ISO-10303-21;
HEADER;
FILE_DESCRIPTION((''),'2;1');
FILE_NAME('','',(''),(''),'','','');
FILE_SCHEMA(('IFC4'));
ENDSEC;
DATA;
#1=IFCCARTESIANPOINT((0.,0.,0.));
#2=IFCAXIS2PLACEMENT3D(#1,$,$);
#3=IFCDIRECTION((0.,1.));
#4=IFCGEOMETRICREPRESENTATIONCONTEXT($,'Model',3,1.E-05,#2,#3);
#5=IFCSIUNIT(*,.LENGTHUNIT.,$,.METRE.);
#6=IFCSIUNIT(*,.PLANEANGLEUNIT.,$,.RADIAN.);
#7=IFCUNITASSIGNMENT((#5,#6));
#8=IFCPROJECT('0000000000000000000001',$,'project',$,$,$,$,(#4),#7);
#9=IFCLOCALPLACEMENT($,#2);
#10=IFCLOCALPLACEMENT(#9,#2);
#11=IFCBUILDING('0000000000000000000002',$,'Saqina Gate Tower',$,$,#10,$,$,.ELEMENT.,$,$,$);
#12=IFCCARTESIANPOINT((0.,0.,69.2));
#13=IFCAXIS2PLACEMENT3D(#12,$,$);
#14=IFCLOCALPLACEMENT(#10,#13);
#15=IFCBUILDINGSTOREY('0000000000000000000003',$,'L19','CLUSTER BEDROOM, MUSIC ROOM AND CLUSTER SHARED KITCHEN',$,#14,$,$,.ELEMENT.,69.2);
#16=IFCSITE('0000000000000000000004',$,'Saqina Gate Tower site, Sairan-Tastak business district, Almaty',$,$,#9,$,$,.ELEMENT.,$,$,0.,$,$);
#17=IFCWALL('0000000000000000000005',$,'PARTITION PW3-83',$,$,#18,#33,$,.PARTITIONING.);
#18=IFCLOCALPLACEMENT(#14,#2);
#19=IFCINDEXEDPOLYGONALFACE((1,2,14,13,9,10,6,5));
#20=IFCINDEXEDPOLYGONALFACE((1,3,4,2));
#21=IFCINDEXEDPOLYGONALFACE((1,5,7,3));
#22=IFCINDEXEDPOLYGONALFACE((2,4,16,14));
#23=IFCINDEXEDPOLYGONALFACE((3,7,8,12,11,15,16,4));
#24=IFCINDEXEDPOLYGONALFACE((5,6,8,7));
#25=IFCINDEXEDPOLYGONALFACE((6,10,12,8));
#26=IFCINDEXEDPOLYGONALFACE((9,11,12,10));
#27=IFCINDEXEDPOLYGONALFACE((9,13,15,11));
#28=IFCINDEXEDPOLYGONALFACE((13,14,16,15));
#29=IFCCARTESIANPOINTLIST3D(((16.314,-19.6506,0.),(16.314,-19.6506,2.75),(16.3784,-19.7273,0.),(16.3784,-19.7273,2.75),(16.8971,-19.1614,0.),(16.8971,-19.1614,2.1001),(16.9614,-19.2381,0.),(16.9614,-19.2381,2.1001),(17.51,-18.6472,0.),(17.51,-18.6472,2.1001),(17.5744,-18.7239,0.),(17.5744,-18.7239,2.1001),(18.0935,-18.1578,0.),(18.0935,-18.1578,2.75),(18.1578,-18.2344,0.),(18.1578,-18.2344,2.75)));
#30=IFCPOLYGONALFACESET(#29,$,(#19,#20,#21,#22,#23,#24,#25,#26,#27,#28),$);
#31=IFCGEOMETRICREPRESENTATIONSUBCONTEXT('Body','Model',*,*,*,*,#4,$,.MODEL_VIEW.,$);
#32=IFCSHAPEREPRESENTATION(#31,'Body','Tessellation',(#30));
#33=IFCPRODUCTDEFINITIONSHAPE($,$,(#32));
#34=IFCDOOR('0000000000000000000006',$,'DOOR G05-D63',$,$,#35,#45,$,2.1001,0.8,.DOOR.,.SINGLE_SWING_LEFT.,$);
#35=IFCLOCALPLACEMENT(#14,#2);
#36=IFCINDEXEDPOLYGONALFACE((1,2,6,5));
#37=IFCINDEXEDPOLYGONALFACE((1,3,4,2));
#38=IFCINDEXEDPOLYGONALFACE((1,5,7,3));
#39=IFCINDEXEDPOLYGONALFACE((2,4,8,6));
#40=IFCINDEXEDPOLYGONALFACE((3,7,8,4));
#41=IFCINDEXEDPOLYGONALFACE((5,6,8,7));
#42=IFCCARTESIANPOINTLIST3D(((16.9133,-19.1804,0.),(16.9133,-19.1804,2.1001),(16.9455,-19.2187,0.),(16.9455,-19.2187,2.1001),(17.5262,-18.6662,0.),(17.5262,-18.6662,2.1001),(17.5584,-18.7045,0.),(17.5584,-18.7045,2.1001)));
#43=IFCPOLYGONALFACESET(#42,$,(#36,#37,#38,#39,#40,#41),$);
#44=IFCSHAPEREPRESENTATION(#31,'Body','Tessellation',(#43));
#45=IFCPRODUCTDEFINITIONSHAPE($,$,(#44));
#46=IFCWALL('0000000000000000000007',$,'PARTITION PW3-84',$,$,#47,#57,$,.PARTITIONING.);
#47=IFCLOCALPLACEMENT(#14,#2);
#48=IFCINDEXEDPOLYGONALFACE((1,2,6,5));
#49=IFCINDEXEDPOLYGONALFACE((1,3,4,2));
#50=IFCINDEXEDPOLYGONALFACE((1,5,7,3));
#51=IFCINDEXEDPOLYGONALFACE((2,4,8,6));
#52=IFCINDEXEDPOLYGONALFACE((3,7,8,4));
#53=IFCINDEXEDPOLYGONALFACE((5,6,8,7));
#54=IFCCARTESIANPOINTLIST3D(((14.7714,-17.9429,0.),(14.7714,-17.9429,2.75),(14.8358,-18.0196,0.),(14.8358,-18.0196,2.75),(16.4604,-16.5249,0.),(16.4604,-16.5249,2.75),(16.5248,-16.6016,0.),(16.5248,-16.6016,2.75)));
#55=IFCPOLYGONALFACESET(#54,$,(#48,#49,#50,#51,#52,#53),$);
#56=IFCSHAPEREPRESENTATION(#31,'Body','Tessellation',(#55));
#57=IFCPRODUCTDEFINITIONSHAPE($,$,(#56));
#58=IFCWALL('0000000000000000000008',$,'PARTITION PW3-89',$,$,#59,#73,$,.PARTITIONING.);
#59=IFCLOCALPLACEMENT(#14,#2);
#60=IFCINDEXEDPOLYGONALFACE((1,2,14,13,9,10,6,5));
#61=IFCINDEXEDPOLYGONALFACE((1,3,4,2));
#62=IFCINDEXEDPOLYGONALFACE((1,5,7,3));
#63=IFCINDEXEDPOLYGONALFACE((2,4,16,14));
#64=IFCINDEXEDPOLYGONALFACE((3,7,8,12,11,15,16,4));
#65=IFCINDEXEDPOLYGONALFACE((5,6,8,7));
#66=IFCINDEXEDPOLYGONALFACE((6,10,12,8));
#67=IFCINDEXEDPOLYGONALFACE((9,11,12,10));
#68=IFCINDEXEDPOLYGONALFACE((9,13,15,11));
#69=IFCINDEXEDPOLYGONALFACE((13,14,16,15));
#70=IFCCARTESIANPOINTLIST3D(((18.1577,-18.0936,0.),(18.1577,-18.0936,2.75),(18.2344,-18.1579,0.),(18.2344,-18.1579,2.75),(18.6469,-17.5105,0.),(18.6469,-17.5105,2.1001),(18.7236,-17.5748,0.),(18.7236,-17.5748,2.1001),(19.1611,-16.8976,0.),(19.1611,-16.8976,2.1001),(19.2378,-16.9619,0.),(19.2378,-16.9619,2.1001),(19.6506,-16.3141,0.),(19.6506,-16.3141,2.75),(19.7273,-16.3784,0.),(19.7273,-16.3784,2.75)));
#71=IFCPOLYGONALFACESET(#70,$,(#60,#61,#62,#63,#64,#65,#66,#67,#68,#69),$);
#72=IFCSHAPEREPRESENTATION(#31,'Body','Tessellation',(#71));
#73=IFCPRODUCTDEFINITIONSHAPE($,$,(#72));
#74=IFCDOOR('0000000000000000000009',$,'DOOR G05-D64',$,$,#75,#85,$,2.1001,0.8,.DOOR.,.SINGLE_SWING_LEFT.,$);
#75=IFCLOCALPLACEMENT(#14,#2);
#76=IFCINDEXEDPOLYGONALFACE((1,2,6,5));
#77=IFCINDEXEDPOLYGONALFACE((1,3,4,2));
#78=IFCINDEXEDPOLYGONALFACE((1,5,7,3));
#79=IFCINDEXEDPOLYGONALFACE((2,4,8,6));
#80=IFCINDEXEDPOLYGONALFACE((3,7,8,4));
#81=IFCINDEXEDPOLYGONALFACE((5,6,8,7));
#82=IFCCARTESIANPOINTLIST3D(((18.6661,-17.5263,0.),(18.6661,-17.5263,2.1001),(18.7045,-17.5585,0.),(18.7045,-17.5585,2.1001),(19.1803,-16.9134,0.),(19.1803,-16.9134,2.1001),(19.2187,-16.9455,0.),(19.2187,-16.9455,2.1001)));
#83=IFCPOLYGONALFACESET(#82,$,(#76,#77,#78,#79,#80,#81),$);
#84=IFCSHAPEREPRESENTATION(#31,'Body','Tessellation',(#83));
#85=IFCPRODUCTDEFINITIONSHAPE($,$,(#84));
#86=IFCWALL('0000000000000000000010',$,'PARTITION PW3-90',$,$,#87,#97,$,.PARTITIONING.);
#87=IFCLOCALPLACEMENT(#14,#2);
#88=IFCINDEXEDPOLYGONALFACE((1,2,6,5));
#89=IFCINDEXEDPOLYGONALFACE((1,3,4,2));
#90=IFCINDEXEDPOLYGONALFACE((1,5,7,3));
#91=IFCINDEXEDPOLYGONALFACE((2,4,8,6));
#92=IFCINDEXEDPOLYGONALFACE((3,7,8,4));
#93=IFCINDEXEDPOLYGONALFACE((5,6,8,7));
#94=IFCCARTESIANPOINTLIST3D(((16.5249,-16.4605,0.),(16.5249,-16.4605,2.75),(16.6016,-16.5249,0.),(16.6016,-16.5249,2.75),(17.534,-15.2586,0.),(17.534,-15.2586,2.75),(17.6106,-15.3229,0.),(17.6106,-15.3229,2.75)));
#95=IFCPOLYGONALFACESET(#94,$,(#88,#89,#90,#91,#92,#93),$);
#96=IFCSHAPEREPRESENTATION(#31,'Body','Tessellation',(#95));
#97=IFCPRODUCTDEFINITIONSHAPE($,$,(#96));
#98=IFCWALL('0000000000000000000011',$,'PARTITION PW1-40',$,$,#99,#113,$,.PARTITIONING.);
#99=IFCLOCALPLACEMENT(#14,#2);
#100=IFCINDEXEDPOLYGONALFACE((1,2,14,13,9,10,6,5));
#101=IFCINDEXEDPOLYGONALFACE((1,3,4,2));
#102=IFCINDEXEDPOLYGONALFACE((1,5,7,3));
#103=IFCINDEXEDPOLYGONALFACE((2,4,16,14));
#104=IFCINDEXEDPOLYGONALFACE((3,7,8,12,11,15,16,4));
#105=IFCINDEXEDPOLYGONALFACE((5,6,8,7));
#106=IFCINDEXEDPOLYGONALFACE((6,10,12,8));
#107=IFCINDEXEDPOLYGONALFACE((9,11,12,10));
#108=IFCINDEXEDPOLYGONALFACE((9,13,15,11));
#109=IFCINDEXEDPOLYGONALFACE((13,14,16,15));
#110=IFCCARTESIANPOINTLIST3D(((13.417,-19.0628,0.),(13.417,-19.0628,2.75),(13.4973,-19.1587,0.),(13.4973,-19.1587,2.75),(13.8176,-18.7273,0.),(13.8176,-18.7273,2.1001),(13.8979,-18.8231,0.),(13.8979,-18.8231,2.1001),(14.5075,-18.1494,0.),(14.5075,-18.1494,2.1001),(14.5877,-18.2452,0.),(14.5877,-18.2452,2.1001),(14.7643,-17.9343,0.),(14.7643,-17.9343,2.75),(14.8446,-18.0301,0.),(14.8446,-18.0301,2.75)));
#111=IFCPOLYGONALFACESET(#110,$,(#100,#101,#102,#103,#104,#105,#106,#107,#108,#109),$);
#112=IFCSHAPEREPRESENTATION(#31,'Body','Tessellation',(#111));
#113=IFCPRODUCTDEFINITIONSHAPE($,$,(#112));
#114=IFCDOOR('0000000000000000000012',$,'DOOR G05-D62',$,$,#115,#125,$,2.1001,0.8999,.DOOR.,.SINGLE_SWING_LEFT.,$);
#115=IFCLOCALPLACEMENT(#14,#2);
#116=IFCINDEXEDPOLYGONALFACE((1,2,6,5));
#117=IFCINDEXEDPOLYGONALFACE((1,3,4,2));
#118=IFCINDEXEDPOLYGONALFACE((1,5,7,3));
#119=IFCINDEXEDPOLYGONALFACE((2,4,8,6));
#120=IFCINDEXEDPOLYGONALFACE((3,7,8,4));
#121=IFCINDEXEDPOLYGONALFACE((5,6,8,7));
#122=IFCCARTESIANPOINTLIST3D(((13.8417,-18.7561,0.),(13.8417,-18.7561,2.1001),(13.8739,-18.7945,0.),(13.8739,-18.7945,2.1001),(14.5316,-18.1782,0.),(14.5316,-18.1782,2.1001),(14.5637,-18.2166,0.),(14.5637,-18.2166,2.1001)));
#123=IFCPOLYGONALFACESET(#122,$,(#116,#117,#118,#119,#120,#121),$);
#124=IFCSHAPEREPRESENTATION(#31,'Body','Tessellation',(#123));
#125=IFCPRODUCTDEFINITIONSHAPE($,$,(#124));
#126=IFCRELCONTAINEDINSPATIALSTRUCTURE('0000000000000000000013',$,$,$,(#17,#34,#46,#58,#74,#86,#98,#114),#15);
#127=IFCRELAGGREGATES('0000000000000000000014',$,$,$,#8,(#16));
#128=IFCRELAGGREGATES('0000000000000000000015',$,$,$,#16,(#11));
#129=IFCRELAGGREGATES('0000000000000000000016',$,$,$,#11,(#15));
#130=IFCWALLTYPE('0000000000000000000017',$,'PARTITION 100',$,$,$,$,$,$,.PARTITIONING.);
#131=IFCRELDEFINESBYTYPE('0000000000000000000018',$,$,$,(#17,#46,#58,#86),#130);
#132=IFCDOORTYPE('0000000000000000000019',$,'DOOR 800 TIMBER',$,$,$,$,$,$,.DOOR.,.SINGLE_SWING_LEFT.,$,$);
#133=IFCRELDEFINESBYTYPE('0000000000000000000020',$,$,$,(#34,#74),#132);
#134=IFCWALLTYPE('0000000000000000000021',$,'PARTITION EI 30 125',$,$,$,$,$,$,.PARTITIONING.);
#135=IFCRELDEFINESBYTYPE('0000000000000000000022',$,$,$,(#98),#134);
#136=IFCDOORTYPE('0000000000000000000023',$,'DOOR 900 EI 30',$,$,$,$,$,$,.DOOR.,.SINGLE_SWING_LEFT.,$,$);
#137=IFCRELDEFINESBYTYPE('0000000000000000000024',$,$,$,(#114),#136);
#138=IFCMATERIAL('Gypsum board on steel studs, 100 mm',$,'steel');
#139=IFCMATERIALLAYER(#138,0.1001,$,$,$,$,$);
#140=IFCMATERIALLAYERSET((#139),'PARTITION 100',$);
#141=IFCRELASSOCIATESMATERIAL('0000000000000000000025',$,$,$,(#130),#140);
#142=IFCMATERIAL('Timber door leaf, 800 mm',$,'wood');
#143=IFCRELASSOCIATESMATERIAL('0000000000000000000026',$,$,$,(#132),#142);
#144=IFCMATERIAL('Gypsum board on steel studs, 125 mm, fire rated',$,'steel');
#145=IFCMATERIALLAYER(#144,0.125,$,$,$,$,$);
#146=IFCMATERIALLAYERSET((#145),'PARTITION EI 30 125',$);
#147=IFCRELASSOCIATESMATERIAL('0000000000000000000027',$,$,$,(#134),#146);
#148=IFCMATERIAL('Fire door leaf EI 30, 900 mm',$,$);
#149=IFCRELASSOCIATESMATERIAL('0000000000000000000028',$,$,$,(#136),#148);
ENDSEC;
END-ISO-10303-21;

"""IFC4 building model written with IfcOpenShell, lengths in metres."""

from ifc_helpers import new_model, si_unit, direction, frame, frame_2d, origin, place, context, subcontext, project, spatial, rectangle, extrude, material, layer, layer_set, type_object, element, fill, save


model = new_model("IFC4")

# Units and contexts
model_context = context("Model", 3, precision=1e-05, world=origin(), true_north=direction((0.0, 1.0)))
body_context = subcontext(model_context, "Body", "Model", "MODEL_VIEW")
ifc_project = project(units=[si_unit("LENGTHUNIT", "METRE"), si_unit("PLANEANGLEUNIT", "RADIAN")], contexts=[model_context])

# Site, building, storey
site_placement = place(None, origin())
site = spatial("IfcSite", under=ifc_project, at=site_placement, Name="Saqina Gate Tower site, Sairan-Tastak business district, Almaty", CompositionType="ELEMENT", RefElevation=0.0)
building_placement = place(site_placement, origin())
building = spatial("IfcBuilding", under=site, at=building_placement, Name="Saqina Gate Tower", CompositionType="ELEMENT")
storey_placement = place(building_placement, frame((0.0, 0.0, 69.2)))
storey = spatial("IfcBuildingStorey", under=building, at=storey_placement, Name="L19", Description="CLUSTER BEDROOM, MUSIC ROOM AND CLUSTER SHARED KITCHEN", CompositionType="ELEMENT", Elevation=69.2)

# Shared definitions
ifc_material_1 = material(Name="Gypsum board on steel studs, 100 mm", Category="steel")
ifc_layer_1 = layer(ifc_material_1, 0.1001)
ifc_layer_set_1 = layer_set([ifc_layer_1], Name="PARTITION 100")
wall_type_1 = type_object("IfcWallType", Name="PARTITION 100", PredefinedType="PARTITIONING", material=ifc_layer_set_1)

# Wall, opening, door
wall_1_placement = place(storey_placement, frame((16.3462, -19.689, 0.0), z_axis=(0.0, 0.0, 1.0), x_axis=(0.766106, 0.642714, 0.0)))
wall_1 = element("IfcWall", 1, at=wall_1_placement, inside=storey, type_object=wall_type_1, Name="PARTITION PW3-83", PredefinedType="PARTITIONING", context=body_context, shape_type="SweptSolid", body=[
    extrude(rectangle(XDim=2.3228, YDim=0.1001, at=frame_2d((1.1614, 0.0))), origin(), (0.0, 0.0, 1.0), 2.75),
])
opening_1_placement = place(wall_1_placement, frame((0.7612, 0.0, 0.0)))
opening_1 = element("IfcOpeningElement", 2, at=opening_1_placement, cuts=wall_1, PredefinedType="OPENING", context=body_context, shape_type="SweptSolid", body=[
    extrude(rectangle(XDim=0.8, YDim=2.1001, at=frame_2d((0.3999, 1.05))), frame((0.0, 0.062, 0.0), z_axis=(0.0, -1.0, 0.0), x_axis=(1.0, 0.0, 0.0)), (0.0, 0.0, 1.0), 0.124),
])
ifc_material_2 = material(Name="Timber door leaf, 800 mm", Category="wood")
door_type_1 = type_object("IfcDoorType", Name="DOOR 800 TIMBER", OperationType="SINGLE_SWING_LEFT", PredefinedType="DOOR", material=ifc_material_2)
door_1_placement = place(opening_1_placement, frame((0.8, 0.0, 0.0), z_axis=(0.0, 0.0, 1.0), x_axis=(-1.0, 0.0, 0.0)))
door_1 = element("IfcDoor", 3, at=door_1_placement, inside=storey, type_object=door_type_1, Name="DOOR G05-D63", OperationType="SINGLE_SWING_LEFT", OverallHeight=2.1001, OverallWidth=0.8, PredefinedType="DOOR", context=body_context, shape_type="SweptSolid", body=[
    extrude(rectangle(XDim=0.8, YDim=2.1001, at=frame_2d((0.3999, 1.05))), frame((0.0, 0.0249, 0.0), z_axis=(0.0, -1.0, 0.0), x_axis=(1.0, 0.0, 0.0)), (0.0, 0.0, 1.0), 0.05),
])
fill(opening_1, door_1)

# Wall
wall_2_placement = place(storey_placement, frame((14.8037, -17.9812, 0.0), z_axis=(0.0, 0.0, 1.0), x_axis=(0.765875, 0.64299, 0.0)))
element("IfcWall", 4, at=wall_2_placement, inside=storey, type_object=wall_type_1, Name="PARTITION PW3-84", PredefinedType="PARTITIONING", context=body_context, shape_type="SweptSolid", body=[
    extrude(rectangle(XDim=2.2053, YDim=0.1001, at=frame_2d((1.1025, 0.0))), origin(), (0.0, 0.0, 1.0), 2.75),
])

# Wall, opening, door
wall_3_placement = place(storey_placement, frame((18.196, -18.1257, 0.0), z_axis=(0.0, 0.0, 1.0), x_axis=(0.642714, 0.766106, 0.0)))
wall_3 = element("IfcWall", 5, at=wall_3_placement, inside=storey, type_object=wall_type_1, Name="PARTITION PW3-89", PredefinedType="PARTITIONING", context=body_context, shape_type="SweptSolid", body=[
    extrude(rectangle(XDim=2.3228, YDim=0.1001, at=frame_2d((1.1614, 0.0))), origin(), (0.0, 0.0, 1.0), 2.75),
])
opening_2_placement = place(wall_3_placement, frame((0.7612, 0.0, 0.0)))
opening_2 = element("IfcOpeningElement", 6, at=opening_2_placement, cuts=wall_3, PredefinedType="OPENING", context=body_context, shape_type="SweptSolid", body=[
    extrude(rectangle(XDim=0.8, YDim=2.1001, at=frame_2d((0.3999, 1.05))), frame((0.0, 0.062, 0.0), z_axis=(0.0, -1.0, 0.0), x_axis=(1.0, 0.0, 0.0)), (0.0, 0.0, 1.0), 0.124),
])
door_2_placement = place(opening_2_placement, frame((0.8, 0.0, 0.0), z_axis=(0.0, 0.0, 1.0), x_axis=(-1.0, 0.0, 0.0)))
door_2 = element("IfcDoor", 7, at=door_2_placement, inside=storey, type_object=door_type_1, Name="DOOR G05-D64", OperationType="SINGLE_SWING_LEFT", OverallHeight=2.1001, OverallWidth=0.8, PredefinedType="DOOR", context=body_context, shape_type="SweptSolid", body=[
    extrude(rectangle(XDim=0.8, YDim=2.1001, at=frame_2d((0.3999, 1.05))), frame((0.0, 0.0249, 0.0), z_axis=(0.0, -1.0, 0.0), x_axis=(1.0, 0.0, 0.0)), (0.0, 0.0, 1.0), 0.05),
])
fill(opening_2, door_2)

# Wall
wall_4_placement = place(storey_placement, frame((16.5632, -16.4927, 0.0), z_axis=(0.0, 0.0, 1.0), x_axis=(0.64298, 0.765883, 0.0)))
element("IfcWall", 8, at=wall_4_placement, inside=storey, type_object=wall_type_1, Name="PARTITION PW3-90", PredefinedType="PARTITIONING", context=body_context, shape_type="SweptSolid", body=[
    extrude(rectangle(XDim=1.5693, YDim=0.1001, at=frame_2d((0.7847, 0.0))), origin(), (0.0, 0.0, 1.0), 2.75),
])

# Wall, opening, door
ifc_material_3 = material(Name="Gypsum board on steel studs, 125 mm, fire rated", Category="steel")
ifc_layer_2 = layer(ifc_material_3, 0.125)
ifc_layer_set_2 = layer_set([ifc_layer_2], Name="PARTITION EI 30 125")
wall_type_2 = type_object("IfcWallType", Name="PARTITION EI 30 125", PredefinedType="PARTITIONING", material=ifc_layer_set_2)
wall_5_placement = place(storey_placement, frame((13.457, -19.1108, 0.0), z_axis=(0.0, 0.0, 1.0), x_axis=(0.766591, 0.642136, 0.0)))
wall_5 = element("IfcWall", 9, at=wall_5_placement, inside=storey, type_object=wall_type_2, Name="PARTITION PW1-40", PredefinedType="PARTITIONING", context=body_context, shape_type="SweptSolid", body=[
    extrude(rectangle(XDim=1.7576, YDim=0.125, at=frame_2d((0.8789, 0.0))), origin(), (0.0, 0.0, 1.0), 2.75),
])
opening_3_placement = place(wall_5_placement, frame((0.5227, 0.0, 0.0)))
opening_3 = element("IfcOpeningElement", 10, at=opening_3_placement, cuts=wall_5, PredefinedType="OPENING", context=body_context, shape_type="SweptSolid", body=[
    extrude(rectangle(XDim=0.8999, YDim=2.1001, at=frame_2d((0.45, 1.05))), frame((0.0, 0.0745, 0.0), z_axis=(0.0, -1.0, 0.0), x_axis=(1.0, 0.0, 0.0)), (0.0, 0.0, 1.0), 0.1489),
])
ifc_material_4 = material(Name="Fire door leaf EI 30, 900 mm")
door_type_2 = type_object("IfcDoorType", Name="DOOR 900 EI 30", OperationType="SINGLE_SWING_LEFT", PredefinedType="DOOR", material=ifc_material_4)
door_3_placement = place(opening_3_placement, origin())
door_3 = element("IfcDoor", 11, at=door_3_placement, inside=storey, type_object=door_type_2, Name="DOOR G05-D62", OperationType="SINGLE_SWING_LEFT", OverallHeight=2.1001, OverallWidth=0.8999, PredefinedType="DOOR", context=body_context, shape_type="SweptSolid", body=[
    extrude(rectangle(XDim=0.8999, YDim=2.1001, at=frame_2d((0.45, 1.05))), frame((0.0, 0.0249, 0.0), z_axis=(0.0, -1.0, 0.0), x_axis=(1.0, 0.0, 0.0)), (0.0, 0.0, 1.0), 0.05),
])
fill(opening_3, door_3)

save(model, "model.ifc")
